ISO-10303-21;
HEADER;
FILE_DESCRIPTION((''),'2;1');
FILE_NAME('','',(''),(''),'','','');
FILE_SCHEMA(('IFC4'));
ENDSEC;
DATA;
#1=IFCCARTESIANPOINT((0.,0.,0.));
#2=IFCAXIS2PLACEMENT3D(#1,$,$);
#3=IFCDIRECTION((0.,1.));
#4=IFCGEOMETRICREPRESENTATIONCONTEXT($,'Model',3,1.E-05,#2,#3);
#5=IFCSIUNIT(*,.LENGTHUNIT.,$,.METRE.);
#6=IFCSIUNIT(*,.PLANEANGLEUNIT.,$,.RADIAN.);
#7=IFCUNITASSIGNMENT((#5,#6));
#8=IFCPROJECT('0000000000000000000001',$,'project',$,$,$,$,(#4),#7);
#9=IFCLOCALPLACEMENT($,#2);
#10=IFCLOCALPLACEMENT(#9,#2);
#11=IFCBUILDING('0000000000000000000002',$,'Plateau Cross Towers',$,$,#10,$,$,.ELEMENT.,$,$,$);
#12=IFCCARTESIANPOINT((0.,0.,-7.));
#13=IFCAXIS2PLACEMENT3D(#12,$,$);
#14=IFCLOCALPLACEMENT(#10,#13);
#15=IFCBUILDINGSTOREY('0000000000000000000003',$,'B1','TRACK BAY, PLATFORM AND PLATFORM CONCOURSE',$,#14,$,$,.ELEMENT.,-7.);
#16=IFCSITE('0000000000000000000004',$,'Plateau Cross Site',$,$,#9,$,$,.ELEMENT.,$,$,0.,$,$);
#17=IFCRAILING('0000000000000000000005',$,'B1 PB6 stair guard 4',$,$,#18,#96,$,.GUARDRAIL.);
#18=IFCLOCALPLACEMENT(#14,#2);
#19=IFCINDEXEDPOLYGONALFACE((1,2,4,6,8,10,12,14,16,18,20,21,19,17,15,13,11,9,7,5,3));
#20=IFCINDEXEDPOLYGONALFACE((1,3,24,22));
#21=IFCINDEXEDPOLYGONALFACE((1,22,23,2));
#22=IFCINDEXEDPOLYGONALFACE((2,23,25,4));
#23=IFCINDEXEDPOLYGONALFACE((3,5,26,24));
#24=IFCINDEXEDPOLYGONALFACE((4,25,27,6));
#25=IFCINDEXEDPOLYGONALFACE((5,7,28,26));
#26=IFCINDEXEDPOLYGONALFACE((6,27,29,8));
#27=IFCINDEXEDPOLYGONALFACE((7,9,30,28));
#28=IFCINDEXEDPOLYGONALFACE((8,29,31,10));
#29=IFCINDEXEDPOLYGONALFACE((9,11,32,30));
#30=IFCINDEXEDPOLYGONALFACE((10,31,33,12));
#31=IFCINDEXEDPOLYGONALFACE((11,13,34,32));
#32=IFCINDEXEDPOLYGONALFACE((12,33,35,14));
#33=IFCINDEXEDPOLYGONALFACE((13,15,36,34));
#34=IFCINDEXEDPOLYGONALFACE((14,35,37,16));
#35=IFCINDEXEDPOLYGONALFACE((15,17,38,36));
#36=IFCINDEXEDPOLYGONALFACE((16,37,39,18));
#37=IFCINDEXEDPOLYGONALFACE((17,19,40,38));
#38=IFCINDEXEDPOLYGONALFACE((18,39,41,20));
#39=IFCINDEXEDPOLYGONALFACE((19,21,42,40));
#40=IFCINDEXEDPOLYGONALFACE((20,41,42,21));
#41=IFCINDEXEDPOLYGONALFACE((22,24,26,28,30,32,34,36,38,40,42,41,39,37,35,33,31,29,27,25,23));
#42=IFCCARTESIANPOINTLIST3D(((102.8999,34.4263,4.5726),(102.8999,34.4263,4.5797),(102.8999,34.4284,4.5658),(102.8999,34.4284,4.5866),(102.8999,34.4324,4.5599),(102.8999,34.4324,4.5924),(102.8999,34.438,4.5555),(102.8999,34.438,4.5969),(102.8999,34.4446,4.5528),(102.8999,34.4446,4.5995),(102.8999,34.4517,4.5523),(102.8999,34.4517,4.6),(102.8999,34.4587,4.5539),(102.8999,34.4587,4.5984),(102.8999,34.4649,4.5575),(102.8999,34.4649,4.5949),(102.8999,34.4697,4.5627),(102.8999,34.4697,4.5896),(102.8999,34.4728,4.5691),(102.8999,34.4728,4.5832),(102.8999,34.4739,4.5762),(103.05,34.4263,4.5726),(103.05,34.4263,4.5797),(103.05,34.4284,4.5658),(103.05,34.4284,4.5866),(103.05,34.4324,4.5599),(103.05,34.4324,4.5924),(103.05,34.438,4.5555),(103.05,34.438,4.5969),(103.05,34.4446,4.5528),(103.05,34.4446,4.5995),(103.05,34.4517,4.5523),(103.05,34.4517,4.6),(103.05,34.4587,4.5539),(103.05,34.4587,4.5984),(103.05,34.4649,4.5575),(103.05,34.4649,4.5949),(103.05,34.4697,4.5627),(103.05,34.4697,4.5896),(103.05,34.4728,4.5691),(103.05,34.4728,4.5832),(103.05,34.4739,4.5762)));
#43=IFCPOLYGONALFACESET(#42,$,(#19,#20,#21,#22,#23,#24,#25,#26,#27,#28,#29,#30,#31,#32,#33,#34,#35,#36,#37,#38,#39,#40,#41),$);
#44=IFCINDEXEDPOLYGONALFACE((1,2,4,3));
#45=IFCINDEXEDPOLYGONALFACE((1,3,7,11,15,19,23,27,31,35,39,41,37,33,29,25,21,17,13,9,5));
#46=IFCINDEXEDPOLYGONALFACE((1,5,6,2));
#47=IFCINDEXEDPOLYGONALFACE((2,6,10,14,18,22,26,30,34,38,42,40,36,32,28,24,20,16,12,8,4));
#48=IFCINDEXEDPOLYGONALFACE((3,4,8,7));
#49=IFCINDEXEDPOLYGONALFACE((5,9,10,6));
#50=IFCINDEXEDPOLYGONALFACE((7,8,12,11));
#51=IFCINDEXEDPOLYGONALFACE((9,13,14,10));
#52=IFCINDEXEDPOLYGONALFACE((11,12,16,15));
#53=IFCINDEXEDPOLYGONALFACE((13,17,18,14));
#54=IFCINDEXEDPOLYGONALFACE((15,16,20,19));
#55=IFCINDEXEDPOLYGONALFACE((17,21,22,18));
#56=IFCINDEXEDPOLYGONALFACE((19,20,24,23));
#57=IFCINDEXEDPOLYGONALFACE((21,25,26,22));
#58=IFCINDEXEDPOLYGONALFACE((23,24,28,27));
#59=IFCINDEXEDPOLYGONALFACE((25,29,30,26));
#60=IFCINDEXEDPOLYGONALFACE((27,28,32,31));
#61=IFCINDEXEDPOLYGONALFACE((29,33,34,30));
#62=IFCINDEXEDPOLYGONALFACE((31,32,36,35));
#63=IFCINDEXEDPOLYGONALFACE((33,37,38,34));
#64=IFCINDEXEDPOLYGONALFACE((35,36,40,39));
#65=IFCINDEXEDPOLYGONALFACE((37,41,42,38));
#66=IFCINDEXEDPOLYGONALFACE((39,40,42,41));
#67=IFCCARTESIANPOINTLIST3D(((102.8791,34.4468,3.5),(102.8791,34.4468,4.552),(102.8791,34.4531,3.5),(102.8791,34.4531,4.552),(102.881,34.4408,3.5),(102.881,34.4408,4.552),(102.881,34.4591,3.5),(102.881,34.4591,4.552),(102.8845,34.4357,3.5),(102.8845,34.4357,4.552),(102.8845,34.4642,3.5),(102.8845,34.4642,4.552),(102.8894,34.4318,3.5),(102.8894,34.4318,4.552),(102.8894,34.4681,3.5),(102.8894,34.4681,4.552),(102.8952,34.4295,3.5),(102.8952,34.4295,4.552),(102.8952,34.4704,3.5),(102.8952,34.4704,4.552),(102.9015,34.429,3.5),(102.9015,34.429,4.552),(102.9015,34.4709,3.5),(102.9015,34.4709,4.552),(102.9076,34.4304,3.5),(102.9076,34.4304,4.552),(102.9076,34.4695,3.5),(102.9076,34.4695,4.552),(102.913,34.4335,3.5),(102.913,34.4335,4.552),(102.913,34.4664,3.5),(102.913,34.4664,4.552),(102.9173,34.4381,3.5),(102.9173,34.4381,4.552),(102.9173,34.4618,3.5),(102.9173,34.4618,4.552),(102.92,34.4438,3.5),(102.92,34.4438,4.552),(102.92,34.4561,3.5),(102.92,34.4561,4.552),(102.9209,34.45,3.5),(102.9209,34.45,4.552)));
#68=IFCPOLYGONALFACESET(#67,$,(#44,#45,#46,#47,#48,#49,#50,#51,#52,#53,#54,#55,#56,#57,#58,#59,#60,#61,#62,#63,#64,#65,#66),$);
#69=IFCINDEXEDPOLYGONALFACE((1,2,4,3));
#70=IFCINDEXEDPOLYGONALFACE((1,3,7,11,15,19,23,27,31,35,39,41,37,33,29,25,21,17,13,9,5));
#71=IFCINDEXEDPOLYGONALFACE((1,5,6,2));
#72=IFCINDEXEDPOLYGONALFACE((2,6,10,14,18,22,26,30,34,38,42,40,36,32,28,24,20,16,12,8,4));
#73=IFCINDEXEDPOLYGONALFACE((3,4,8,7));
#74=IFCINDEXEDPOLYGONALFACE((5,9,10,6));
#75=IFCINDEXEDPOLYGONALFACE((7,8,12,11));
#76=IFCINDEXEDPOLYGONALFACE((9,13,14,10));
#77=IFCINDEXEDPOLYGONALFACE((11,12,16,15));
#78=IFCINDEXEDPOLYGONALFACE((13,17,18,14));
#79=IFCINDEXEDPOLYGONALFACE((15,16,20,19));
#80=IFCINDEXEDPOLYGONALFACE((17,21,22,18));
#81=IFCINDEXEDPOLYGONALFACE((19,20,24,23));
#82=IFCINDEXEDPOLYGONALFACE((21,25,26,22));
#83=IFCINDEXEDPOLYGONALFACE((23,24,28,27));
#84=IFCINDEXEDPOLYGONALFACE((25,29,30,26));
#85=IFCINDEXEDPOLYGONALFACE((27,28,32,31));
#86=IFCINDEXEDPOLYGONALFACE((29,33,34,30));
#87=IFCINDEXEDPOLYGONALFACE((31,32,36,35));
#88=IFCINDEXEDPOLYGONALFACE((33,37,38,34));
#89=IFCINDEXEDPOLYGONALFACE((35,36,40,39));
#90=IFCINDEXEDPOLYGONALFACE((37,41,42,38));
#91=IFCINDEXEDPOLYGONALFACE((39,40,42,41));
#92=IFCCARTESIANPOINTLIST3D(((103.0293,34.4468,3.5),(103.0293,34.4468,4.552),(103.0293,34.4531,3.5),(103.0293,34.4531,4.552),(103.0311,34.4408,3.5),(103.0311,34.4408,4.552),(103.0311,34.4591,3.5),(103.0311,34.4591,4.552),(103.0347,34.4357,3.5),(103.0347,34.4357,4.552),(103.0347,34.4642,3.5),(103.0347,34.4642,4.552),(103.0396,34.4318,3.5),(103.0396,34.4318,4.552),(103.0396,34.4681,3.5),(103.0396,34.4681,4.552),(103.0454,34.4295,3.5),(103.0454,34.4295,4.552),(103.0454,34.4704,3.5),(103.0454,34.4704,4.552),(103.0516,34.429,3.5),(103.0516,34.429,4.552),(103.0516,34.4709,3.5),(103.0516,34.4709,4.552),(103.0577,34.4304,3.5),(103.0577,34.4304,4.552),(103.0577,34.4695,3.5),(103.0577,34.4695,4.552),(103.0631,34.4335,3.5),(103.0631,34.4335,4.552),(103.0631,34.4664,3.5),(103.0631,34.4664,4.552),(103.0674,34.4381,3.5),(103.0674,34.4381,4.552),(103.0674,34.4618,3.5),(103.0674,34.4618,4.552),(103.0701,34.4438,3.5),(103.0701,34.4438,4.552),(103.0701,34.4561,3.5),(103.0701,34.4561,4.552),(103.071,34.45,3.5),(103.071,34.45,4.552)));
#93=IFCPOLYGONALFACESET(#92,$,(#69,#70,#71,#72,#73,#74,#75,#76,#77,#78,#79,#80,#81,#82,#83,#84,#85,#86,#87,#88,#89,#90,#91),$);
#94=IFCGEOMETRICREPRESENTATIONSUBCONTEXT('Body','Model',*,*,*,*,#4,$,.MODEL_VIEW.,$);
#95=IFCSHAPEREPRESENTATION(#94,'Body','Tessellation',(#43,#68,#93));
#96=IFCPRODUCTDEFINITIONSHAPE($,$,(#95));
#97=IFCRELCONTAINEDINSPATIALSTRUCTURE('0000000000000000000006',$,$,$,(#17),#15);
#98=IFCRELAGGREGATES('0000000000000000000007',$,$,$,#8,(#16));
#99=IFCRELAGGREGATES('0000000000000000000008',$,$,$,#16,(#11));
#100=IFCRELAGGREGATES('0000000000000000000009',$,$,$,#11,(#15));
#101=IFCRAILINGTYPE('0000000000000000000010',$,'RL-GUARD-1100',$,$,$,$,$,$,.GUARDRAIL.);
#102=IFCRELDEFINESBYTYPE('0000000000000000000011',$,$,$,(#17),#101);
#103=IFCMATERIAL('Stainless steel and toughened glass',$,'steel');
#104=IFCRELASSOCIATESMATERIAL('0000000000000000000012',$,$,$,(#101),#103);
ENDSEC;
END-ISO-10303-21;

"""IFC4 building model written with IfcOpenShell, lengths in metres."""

from ifc_helpers import new_model, si_unit, direction, frame, origin, origin_2d, place, context, subcontext, project, spatial, circle, extrude, material, type_object, element, save


model = new_model("IFC4")

# Units and contexts
model_context = context("Model", 3, precision=1e-05, world=origin(), true_north=direction((0.0, 1.0)))
body_context = subcontext(model_context, "Body", "Model", "MODEL_VIEW")
ifc_project = project(units=[si_unit("LENGTHUNIT", "METRE"), si_unit("PLANEANGLEUNIT", "RADIAN")], contexts=[model_context])

# Site, building, storey
site_placement = place(None, origin())
site = spatial("IfcSite", under=ifc_project, at=site_placement, Name="Plateau Cross Site", CompositionType="ELEMENT", RefElevation=0.0)
building_placement = place(site_placement, origin())
building = spatial("IfcBuilding", under=site, at=building_placement, Name="Plateau Cross Towers", CompositionType="ELEMENT")
storey_placement = place(building_placement, frame((0.0, 0.0, -7.0)))
storey = spatial("IfcBuildingStorey", under=building, at=storey_placement, Name="B1", Description="TRACK BAY, PLATFORM AND PLATFORM CONCOURSE", CompositionType="ELEMENT", Elevation=-7.0)

# Railing
ifc_material_1 = material(Name="Stainless steel and toughened glass", Category="steel")
railing_type_1 = type_object("IfcRailingType", Name="RL-GUARD-1100", PredefinedType="GUARDRAIL", material=ifc_material_1)
railing_1_placement = place(storey_placement, frame((102.8999, 34.45, 3.5)))
element("IfcRailing", 1, at=railing_1_placement, inside=storey, type_object=railing_type_1, Name="B1 PB6 stair guard 4", PredefinedType="GUARDRAIL", context=body_context, shape_type="SweptSolid", body=[
    extrude(circle(Radius=0.0239, at=origin_2d()), frame((0.0, 0.0, 1.0762), z_axis=(1.0, 0.0, 0.0), x_axis=(0.0, 1.0, 0.0)), (0.0, 0.0, 1.0), 0.1501),
    extrude(circle(Radius=0.021, at=origin_2d()), origin(), (0.0, 0.0, 1.0), 1.052),
    extrude(circle(Radius=0.021, at=origin_2d()), frame((0.1501, 0.0, 0.0)), (0.0, 0.0, 1.0), 1.052),
])

save(model, "model.ifc")
